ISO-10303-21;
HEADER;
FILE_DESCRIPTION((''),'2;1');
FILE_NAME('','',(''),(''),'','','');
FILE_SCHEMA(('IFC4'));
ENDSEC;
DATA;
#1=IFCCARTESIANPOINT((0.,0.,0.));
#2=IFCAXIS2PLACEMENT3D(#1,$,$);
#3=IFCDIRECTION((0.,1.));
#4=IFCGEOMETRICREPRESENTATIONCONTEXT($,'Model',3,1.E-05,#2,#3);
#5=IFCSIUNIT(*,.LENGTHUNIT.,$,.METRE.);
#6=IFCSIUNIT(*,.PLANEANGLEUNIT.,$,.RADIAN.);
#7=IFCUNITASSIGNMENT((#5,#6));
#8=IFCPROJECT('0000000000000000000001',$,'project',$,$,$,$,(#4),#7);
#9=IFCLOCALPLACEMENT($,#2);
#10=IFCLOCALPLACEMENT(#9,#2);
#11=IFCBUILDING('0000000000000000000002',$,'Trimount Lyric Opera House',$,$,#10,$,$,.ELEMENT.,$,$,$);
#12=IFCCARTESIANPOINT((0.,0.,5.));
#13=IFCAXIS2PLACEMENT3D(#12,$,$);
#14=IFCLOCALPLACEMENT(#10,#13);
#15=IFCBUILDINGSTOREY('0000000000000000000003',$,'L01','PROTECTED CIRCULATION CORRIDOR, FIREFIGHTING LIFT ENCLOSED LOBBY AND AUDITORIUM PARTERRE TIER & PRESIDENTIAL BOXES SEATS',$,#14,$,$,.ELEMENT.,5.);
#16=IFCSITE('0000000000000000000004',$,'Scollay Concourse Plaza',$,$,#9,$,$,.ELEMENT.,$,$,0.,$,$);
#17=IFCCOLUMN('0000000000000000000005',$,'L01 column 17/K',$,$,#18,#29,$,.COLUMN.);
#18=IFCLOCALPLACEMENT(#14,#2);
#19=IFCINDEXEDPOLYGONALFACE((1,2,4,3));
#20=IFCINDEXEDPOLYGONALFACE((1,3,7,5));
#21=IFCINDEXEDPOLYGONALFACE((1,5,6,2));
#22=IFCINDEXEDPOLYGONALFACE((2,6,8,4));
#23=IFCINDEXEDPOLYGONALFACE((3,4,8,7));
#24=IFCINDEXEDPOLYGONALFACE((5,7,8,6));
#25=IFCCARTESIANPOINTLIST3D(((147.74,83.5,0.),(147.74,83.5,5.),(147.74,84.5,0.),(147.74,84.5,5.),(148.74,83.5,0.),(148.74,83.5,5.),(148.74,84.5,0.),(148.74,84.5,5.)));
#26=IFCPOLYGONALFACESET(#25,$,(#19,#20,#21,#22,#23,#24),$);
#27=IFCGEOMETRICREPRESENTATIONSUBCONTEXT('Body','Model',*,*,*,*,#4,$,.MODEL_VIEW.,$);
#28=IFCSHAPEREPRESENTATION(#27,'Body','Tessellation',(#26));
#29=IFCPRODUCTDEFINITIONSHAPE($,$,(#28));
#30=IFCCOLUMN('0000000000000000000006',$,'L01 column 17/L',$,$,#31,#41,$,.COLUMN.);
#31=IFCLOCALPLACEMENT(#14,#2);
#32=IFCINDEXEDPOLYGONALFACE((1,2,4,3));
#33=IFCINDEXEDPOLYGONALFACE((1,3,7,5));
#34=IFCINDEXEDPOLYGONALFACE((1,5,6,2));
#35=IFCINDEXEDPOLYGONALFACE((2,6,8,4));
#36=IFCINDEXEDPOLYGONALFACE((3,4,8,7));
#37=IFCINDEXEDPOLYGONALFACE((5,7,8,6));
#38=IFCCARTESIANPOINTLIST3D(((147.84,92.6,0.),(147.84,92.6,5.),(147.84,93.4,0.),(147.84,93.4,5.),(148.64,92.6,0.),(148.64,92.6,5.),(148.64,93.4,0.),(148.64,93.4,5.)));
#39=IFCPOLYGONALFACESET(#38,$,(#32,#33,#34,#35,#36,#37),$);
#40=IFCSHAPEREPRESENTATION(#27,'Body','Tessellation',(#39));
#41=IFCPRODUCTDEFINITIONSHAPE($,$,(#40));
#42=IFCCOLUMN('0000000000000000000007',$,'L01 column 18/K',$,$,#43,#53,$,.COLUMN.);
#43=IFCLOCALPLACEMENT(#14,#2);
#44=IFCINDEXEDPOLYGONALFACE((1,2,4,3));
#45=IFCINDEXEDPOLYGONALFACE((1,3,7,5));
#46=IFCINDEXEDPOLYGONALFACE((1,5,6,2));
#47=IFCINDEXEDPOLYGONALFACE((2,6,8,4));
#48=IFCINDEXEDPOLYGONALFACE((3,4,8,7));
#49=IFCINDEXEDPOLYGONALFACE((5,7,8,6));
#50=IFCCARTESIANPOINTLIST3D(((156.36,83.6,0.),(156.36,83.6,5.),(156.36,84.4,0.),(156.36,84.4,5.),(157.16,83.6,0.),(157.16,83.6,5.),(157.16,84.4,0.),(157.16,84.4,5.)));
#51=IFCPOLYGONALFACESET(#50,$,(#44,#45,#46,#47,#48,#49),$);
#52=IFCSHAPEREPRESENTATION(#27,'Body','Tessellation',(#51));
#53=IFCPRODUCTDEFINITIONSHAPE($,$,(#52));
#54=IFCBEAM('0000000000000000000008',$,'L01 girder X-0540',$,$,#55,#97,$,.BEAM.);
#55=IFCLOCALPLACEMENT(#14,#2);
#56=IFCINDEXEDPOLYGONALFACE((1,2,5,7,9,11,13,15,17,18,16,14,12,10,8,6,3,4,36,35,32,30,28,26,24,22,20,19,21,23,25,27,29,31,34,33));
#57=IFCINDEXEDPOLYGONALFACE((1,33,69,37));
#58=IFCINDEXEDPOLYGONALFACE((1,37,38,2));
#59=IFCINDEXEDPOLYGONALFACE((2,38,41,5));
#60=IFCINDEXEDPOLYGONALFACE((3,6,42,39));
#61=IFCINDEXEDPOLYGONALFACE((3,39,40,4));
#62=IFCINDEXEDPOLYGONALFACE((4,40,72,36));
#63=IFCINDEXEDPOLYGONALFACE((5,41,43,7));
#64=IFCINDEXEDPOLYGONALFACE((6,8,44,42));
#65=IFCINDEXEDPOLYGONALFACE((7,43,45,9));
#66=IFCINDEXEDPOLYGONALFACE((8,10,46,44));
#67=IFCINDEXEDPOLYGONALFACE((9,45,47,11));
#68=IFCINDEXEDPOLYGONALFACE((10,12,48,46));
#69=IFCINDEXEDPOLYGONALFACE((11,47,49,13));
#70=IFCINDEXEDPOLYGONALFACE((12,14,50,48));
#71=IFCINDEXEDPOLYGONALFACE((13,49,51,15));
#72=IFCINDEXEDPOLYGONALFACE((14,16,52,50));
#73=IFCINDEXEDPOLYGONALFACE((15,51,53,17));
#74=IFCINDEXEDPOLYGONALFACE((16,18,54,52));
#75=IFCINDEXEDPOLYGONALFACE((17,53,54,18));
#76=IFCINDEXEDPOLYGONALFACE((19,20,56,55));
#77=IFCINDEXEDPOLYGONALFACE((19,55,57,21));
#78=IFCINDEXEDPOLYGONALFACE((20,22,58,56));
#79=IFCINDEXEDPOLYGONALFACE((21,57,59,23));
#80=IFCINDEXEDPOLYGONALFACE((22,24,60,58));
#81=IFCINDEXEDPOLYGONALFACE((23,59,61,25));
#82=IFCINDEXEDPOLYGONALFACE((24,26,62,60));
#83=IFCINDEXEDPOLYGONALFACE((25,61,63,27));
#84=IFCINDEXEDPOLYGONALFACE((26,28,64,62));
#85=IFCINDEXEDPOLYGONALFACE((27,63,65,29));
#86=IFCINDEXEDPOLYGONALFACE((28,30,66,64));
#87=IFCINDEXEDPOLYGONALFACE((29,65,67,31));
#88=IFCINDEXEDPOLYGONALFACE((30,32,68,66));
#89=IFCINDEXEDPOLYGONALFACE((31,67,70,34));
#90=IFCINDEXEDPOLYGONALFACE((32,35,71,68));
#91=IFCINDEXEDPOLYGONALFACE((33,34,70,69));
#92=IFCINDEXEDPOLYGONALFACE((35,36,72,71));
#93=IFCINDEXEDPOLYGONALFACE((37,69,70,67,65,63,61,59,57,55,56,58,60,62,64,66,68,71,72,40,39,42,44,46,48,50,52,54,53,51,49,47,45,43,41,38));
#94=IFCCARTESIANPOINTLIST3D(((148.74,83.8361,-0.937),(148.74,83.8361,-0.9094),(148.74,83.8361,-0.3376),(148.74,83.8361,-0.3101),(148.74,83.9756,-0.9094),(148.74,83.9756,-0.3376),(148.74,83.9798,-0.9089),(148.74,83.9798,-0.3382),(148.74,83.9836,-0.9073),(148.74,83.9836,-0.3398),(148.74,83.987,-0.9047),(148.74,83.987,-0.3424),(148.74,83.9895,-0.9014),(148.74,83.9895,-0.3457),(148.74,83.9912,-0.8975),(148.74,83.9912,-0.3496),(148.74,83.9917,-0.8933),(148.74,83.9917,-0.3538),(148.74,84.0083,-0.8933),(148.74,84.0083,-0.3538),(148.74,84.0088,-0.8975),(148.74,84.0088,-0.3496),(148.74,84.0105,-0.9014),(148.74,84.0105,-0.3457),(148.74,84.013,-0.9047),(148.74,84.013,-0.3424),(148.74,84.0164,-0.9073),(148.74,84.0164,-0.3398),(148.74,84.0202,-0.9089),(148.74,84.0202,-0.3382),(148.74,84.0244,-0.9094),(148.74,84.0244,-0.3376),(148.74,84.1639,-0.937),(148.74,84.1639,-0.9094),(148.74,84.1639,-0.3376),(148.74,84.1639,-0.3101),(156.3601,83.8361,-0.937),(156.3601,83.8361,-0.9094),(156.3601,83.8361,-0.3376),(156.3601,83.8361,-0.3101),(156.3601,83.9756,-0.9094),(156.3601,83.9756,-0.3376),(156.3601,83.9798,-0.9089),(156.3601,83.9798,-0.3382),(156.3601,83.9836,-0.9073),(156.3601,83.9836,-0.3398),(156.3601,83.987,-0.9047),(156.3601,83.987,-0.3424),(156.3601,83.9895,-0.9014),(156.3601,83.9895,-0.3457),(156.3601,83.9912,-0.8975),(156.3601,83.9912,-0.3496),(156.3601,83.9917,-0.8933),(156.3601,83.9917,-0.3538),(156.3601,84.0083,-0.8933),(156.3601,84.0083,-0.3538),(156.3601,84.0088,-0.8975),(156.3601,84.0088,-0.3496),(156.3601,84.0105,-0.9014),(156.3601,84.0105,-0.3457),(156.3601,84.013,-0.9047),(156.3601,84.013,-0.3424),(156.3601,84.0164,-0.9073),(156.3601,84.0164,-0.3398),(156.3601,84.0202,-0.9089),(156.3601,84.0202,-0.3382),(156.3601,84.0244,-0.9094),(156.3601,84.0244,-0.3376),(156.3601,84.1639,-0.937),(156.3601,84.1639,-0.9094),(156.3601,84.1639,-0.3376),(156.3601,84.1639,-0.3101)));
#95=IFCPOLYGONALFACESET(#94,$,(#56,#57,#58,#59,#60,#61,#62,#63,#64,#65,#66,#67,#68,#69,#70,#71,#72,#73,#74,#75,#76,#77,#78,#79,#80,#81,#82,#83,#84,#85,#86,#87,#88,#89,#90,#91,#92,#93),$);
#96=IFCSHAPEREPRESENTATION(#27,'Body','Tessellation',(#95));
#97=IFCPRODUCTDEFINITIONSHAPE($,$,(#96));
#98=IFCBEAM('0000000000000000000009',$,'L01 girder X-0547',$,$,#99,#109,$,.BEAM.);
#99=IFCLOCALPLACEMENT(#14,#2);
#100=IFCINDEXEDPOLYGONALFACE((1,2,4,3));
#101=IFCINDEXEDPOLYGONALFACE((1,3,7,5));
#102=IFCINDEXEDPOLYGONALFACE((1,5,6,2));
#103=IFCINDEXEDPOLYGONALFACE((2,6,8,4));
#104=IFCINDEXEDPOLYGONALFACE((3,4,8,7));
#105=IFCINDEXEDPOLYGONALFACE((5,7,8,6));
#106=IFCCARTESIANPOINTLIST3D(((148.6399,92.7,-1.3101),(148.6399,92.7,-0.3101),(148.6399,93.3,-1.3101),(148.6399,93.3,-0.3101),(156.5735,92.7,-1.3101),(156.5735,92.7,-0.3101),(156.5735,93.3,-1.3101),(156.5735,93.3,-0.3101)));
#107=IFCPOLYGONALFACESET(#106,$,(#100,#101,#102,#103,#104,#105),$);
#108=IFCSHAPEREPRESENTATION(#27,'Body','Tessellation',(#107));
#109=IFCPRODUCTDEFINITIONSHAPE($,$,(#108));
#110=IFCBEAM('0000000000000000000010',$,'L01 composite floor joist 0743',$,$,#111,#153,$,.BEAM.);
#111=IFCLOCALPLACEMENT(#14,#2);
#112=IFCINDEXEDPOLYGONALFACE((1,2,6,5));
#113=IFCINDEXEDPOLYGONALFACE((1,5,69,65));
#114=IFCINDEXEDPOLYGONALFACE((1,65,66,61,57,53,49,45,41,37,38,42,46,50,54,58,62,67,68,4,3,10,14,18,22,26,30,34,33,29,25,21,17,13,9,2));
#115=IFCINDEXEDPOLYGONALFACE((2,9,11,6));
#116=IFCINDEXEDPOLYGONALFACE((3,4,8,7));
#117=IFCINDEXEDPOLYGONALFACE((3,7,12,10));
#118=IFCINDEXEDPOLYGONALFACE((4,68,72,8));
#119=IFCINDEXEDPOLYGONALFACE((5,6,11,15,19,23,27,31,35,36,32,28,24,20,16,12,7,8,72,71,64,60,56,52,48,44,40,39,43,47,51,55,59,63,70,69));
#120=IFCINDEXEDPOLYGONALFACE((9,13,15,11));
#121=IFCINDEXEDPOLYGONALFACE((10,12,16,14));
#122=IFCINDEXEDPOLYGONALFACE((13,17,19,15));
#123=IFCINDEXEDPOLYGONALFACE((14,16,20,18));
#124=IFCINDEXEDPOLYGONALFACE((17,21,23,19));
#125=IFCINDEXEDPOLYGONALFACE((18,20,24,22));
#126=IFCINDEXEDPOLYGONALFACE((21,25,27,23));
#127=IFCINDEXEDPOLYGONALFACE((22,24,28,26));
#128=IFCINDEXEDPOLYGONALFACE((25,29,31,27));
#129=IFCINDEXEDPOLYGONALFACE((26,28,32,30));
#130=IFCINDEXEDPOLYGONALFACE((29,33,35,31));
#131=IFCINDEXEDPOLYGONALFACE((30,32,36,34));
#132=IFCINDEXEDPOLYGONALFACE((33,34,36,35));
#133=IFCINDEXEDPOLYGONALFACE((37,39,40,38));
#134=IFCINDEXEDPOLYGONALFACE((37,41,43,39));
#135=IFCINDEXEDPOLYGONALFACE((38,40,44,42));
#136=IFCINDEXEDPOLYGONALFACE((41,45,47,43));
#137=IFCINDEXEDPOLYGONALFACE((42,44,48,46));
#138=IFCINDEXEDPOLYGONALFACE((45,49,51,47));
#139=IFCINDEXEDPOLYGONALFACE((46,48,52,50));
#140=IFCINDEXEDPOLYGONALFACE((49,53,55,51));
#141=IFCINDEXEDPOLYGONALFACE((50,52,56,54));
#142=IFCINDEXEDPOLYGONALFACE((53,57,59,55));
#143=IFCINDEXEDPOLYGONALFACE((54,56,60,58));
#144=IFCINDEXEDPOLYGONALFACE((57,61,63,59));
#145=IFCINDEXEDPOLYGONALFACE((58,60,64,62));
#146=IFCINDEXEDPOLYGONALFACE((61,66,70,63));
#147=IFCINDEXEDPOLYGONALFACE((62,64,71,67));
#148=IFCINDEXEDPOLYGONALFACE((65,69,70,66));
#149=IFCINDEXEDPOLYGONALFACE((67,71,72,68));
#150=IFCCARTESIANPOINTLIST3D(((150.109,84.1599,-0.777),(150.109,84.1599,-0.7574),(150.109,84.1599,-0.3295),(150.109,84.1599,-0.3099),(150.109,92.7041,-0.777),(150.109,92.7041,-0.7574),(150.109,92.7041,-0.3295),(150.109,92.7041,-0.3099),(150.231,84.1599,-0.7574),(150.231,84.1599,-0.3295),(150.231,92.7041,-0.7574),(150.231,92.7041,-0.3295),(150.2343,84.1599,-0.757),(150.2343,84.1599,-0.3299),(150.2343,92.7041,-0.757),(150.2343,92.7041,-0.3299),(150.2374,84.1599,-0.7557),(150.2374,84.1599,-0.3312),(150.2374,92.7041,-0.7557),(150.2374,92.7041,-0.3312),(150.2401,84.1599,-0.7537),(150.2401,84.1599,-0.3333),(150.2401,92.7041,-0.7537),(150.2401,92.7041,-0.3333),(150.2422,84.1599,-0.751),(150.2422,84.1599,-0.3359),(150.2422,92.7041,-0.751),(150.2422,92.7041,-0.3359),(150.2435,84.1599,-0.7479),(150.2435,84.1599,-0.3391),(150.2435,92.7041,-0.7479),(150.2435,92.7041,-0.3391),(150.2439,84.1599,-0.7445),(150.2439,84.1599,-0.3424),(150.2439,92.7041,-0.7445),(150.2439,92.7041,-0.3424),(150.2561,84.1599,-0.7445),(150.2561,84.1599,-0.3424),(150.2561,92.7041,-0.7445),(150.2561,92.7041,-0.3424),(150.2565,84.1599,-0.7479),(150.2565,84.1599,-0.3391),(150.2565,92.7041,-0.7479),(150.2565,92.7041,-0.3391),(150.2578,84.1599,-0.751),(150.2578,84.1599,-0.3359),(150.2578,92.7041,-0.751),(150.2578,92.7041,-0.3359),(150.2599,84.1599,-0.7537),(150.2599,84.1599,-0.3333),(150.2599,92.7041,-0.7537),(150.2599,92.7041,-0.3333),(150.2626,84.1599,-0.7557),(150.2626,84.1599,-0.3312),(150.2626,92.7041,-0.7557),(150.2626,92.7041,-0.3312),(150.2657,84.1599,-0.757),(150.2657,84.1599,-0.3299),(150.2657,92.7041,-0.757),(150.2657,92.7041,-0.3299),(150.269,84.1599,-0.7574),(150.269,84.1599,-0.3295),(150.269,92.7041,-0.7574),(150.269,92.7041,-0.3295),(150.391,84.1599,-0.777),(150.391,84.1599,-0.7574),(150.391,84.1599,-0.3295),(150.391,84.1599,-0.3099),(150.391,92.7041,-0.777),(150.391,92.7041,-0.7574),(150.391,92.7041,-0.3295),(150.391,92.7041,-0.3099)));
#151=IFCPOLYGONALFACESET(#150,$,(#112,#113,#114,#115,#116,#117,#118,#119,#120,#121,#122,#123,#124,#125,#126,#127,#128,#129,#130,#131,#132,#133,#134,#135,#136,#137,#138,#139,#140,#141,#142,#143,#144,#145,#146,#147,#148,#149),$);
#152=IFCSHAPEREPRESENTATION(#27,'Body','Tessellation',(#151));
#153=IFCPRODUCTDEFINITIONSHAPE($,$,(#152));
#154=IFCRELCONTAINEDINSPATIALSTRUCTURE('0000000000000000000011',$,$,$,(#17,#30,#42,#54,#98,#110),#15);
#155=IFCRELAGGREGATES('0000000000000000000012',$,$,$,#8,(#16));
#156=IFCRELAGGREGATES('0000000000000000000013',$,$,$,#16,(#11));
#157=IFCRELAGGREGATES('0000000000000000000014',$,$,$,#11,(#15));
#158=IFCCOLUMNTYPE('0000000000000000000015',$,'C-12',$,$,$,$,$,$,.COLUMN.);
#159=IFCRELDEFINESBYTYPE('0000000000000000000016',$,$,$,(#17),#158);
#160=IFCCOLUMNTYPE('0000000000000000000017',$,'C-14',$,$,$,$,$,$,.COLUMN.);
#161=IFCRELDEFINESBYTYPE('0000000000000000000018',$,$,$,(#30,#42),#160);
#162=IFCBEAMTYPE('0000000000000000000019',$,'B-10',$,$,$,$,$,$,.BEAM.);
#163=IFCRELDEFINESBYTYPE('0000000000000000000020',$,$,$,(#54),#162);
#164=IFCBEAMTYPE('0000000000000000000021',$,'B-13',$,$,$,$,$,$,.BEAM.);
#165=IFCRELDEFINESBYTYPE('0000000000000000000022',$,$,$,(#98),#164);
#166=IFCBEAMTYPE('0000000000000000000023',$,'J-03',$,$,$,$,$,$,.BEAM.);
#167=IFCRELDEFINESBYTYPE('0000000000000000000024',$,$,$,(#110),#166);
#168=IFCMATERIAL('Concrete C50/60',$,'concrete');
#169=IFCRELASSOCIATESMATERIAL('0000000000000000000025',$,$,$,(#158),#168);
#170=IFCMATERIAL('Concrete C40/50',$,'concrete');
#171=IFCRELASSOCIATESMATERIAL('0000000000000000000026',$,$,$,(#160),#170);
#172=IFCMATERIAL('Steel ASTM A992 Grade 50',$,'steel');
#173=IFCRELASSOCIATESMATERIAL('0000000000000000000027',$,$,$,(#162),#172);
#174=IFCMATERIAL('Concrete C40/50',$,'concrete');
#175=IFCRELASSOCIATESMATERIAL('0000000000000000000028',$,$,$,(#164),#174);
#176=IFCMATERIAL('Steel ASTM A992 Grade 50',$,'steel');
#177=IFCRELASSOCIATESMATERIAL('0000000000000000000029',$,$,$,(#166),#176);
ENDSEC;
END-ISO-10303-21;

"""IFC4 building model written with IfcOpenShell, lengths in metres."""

from ifc_helpers import new_model, si_unit, direction, frame, origin, origin_2d, place, context, subcontext, project, spatial, rectangle, i_section, extrude, material, material_profile, profile_set, type_object, element, save


model = new_model("IFC4")

# Units and contexts
model_context = context("Model", 3, precision=1e-05, world=origin(), true_north=direction((0.0, 1.0)))
body_context = subcontext(model_context, "Body", "Model", "MODEL_VIEW")
ifc_project = project(units=[si_unit("LENGTHUNIT", "METRE"), si_unit("PLANEANGLEUNIT", "RADIAN")], contexts=[model_context])

# Site, building, storey
site_placement = place(None, origin())
site = spatial("IfcSite", under=ifc_project, at=site_placement, Name="Scollay Concourse Plaza", CompositionType="ELEMENT", RefElevation=0.0)
building_placement = place(site_placement, origin())
building = spatial("IfcBuilding", under=site, at=building_placement, Name="Trimount Lyric Opera House", CompositionType="ELEMENT")
storey_placement = place(building_placement, frame((0.0, 0.0, 5.0)))
storey = spatial("IfcBuildingStorey", under=building, at=storey_placement, Name="L01", Description="PROTECTED CIRCULATION CORRIDOR, FIREFIGHTING LIFT ENCLOSED LOBBY AND AUDITORIUM PARTERRE TIER & PRESIDENTIAL BOXES SEATS", CompositionType="ELEMENT", Elevation=5.0)

# Columns
ifc_material_1 = material(Name="Concrete C50/60", Category="concrete")
ifc_material_profile_1 = material_profile(ifc_material_1, rectangle(XDim=1.0, YDim=1.0, at=origin_2d()), Name="RC1000X1000")
ifc_profile_set_1 = profile_set([ifc_material_profile_1], Name="Concrete C50/60")
column_type_1 = type_object("IfcColumnType", Name="C-12", PredefinedType="COLUMN", material=ifc_profile_set_1)
column_placement = place(storey_placement, frame((148.24, 84.0, 0.0), z_axis=(0.0, 0.0, 1.0), x_axis=(1.0, 0.0, 0.0)))
element("IfcColumn", 1, at=column_placement, inside=storey, type_object=column_type_1, Name="L01 column 17/K", PredefinedType="COLUMN", context=body_context, shape_type="SweptSolid", body=[
    extrude(rectangle(XDim=1.0, YDim=1.0, at=origin_2d()), origin(), (0.0, 0.0, 1.0), 5.0),
])
ifc_material_2 = material(Name="Concrete C40/50", Category="concrete")
ifc_material_profile_2 = material_profile(ifc_material_2, rectangle(XDim=0.8, YDim=0.8, at=origin_2d()), Name="RC800X800")
ifc_profile_set_2 = profile_set([ifc_material_profile_2], Name="Concrete C40/50")
column_type_2 = type_object("IfcColumnType", Name="C-14", PredefinedType="COLUMN", material=ifc_profile_set_2)
for number, where, z_axis, x_axis, name in (
    (2, (148.24, 93.0, 0.0), (0.0, 0.0, 1.0), (1.0, 0.0, 0.0), "L01 column 17/L"),
    (3, (156.76, 84.0, 0.0), (0.0, 0.0, 1.0), (1.0, 0.0, 0.0), "L01 column 18/K"),
):
    element("IfcColumn", number, at=place(storey_placement, frame(where, z_axis=z_axis, x_axis=x_axis)), inside=storey, type_object=column_type_2, Name=name, PredefinedType="COLUMN", context=body_context, shape_type="SweptSolid", body=[
        extrude(rectangle(XDim=0.8, YDim=0.8, at=origin_2d()), origin(), (0.0, 0.0, 1.0), 5.0),
    ])

# Beams
ifc_material_3 = material(Name="Steel ASTM A992 Grade 50", Category="steel")
ifc_material_profile_3 = material_profile(ifc_material_3, i_section(OverallWidth=0.3279, OverallDepth=0.627, WebThickness=0.0166, FlangeThickness=0.0276, FilletRadius=0.0161, at=origin_2d()), Name="W24X146")
ifc_profile_set_3 = profile_set([ifc_material_profile_3], Name="Steel ASTM A992 Grade 50")
beam_type_1 = type_object("IfcBeamType", Name="B-10", PredefinedType="BEAM", material=ifc_profile_set_3)
beam_1_placement = place(storey_placement, frame((148.74, 84.0, -0.6235), z_axis=(1.0, 0.0, 0.0), x_axis=(0.0, 1.0, 0.0)))
element("IfcBeam", 4, at=beam_1_placement, inside=storey, type_object=beam_type_1, Name="L01 girder X-0540", PredefinedType="BEAM", context=body_context, shape_type="SweptSolid", body=[
    extrude(i_section(OverallWidth=0.3279, OverallDepth=0.627, WebThickness=0.0166, FlangeThickness=0.0276, FilletRadius=0.0161, at=origin_2d()), origin(), (0.0, 0.0, 1.0), 7.6201),
])
ifc_material_4 = material(Name="Concrete C40/50", Category="concrete")
ifc_material_profile_4 = material_profile(ifc_material_4, rectangle(XDim=0.6001, YDim=1.0, at=origin_2d()), Name="RC600X1000")
ifc_profile_set_4 = profile_set([ifc_material_profile_4], Name="Concrete C40/50")
beam_type_2 = type_object("IfcBeamType", Name="B-13", PredefinedType="BEAM", material=ifc_profile_set_4)
beam_2_placement = place(storey_placement, frame((148.6399, 93.0, -0.8101), z_axis=(1.0, 0.0, 0.0), x_axis=(0.0, 1.0, 0.0)))
element("IfcBeam", 5, at=beam_2_placement, inside=storey, type_object=beam_type_2, Name="L01 girder X-0547", PredefinedType="BEAM", context=body_context, shape_type="SweptSolid", body=[
    extrude(rectangle(XDim=0.6001, YDim=1.0, at=origin_2d()), origin(), (0.0, 0.0, 1.0), 7.9336),
])
ifc_material_5 = material(Name="Steel ASTM A992 Grade 50", Category="steel")
ifc_material_profile_5 = material_profile(ifc_material_5, i_section(OverallWidth=0.282, OverallDepth=0.467, WebThickness=0.0122, FlangeThickness=0.0195, FilletRadius=0.0129, at=origin_2d()), Name="W18X86")
ifc_profile_set_5 = profile_set([ifc_material_profile_5], Name="Steel ASTM A992 Grade 50")
beam_type_3 = type_object("IfcBeamType", Name="J-03", PredefinedType="BEAM", material=ifc_profile_set_5)
beam_3_placement = place(storey_placement, frame((150.25, 84.1599, -0.5435), z_axis=(0.0, 1.0, 0.0), x_axis=(-1.0, 0.0, 0.0)))
element("IfcBeam", 6, at=beam_3_placement, inside=storey, type_object=beam_type_3, Name="L01 composite floor joist 0743", PredefinedType="BEAM", context=body_context, shape_type="SweptSolid", body=[
    extrude(i_section(OverallWidth=0.282, OverallDepth=0.467, WebThickness=0.0122, FlangeThickness=0.0195, FilletRadius=0.0129, at=origin_2d()), origin(), (0.0, 0.0, 1.0), 8.5442),
])

save(model, "model.ifc")
